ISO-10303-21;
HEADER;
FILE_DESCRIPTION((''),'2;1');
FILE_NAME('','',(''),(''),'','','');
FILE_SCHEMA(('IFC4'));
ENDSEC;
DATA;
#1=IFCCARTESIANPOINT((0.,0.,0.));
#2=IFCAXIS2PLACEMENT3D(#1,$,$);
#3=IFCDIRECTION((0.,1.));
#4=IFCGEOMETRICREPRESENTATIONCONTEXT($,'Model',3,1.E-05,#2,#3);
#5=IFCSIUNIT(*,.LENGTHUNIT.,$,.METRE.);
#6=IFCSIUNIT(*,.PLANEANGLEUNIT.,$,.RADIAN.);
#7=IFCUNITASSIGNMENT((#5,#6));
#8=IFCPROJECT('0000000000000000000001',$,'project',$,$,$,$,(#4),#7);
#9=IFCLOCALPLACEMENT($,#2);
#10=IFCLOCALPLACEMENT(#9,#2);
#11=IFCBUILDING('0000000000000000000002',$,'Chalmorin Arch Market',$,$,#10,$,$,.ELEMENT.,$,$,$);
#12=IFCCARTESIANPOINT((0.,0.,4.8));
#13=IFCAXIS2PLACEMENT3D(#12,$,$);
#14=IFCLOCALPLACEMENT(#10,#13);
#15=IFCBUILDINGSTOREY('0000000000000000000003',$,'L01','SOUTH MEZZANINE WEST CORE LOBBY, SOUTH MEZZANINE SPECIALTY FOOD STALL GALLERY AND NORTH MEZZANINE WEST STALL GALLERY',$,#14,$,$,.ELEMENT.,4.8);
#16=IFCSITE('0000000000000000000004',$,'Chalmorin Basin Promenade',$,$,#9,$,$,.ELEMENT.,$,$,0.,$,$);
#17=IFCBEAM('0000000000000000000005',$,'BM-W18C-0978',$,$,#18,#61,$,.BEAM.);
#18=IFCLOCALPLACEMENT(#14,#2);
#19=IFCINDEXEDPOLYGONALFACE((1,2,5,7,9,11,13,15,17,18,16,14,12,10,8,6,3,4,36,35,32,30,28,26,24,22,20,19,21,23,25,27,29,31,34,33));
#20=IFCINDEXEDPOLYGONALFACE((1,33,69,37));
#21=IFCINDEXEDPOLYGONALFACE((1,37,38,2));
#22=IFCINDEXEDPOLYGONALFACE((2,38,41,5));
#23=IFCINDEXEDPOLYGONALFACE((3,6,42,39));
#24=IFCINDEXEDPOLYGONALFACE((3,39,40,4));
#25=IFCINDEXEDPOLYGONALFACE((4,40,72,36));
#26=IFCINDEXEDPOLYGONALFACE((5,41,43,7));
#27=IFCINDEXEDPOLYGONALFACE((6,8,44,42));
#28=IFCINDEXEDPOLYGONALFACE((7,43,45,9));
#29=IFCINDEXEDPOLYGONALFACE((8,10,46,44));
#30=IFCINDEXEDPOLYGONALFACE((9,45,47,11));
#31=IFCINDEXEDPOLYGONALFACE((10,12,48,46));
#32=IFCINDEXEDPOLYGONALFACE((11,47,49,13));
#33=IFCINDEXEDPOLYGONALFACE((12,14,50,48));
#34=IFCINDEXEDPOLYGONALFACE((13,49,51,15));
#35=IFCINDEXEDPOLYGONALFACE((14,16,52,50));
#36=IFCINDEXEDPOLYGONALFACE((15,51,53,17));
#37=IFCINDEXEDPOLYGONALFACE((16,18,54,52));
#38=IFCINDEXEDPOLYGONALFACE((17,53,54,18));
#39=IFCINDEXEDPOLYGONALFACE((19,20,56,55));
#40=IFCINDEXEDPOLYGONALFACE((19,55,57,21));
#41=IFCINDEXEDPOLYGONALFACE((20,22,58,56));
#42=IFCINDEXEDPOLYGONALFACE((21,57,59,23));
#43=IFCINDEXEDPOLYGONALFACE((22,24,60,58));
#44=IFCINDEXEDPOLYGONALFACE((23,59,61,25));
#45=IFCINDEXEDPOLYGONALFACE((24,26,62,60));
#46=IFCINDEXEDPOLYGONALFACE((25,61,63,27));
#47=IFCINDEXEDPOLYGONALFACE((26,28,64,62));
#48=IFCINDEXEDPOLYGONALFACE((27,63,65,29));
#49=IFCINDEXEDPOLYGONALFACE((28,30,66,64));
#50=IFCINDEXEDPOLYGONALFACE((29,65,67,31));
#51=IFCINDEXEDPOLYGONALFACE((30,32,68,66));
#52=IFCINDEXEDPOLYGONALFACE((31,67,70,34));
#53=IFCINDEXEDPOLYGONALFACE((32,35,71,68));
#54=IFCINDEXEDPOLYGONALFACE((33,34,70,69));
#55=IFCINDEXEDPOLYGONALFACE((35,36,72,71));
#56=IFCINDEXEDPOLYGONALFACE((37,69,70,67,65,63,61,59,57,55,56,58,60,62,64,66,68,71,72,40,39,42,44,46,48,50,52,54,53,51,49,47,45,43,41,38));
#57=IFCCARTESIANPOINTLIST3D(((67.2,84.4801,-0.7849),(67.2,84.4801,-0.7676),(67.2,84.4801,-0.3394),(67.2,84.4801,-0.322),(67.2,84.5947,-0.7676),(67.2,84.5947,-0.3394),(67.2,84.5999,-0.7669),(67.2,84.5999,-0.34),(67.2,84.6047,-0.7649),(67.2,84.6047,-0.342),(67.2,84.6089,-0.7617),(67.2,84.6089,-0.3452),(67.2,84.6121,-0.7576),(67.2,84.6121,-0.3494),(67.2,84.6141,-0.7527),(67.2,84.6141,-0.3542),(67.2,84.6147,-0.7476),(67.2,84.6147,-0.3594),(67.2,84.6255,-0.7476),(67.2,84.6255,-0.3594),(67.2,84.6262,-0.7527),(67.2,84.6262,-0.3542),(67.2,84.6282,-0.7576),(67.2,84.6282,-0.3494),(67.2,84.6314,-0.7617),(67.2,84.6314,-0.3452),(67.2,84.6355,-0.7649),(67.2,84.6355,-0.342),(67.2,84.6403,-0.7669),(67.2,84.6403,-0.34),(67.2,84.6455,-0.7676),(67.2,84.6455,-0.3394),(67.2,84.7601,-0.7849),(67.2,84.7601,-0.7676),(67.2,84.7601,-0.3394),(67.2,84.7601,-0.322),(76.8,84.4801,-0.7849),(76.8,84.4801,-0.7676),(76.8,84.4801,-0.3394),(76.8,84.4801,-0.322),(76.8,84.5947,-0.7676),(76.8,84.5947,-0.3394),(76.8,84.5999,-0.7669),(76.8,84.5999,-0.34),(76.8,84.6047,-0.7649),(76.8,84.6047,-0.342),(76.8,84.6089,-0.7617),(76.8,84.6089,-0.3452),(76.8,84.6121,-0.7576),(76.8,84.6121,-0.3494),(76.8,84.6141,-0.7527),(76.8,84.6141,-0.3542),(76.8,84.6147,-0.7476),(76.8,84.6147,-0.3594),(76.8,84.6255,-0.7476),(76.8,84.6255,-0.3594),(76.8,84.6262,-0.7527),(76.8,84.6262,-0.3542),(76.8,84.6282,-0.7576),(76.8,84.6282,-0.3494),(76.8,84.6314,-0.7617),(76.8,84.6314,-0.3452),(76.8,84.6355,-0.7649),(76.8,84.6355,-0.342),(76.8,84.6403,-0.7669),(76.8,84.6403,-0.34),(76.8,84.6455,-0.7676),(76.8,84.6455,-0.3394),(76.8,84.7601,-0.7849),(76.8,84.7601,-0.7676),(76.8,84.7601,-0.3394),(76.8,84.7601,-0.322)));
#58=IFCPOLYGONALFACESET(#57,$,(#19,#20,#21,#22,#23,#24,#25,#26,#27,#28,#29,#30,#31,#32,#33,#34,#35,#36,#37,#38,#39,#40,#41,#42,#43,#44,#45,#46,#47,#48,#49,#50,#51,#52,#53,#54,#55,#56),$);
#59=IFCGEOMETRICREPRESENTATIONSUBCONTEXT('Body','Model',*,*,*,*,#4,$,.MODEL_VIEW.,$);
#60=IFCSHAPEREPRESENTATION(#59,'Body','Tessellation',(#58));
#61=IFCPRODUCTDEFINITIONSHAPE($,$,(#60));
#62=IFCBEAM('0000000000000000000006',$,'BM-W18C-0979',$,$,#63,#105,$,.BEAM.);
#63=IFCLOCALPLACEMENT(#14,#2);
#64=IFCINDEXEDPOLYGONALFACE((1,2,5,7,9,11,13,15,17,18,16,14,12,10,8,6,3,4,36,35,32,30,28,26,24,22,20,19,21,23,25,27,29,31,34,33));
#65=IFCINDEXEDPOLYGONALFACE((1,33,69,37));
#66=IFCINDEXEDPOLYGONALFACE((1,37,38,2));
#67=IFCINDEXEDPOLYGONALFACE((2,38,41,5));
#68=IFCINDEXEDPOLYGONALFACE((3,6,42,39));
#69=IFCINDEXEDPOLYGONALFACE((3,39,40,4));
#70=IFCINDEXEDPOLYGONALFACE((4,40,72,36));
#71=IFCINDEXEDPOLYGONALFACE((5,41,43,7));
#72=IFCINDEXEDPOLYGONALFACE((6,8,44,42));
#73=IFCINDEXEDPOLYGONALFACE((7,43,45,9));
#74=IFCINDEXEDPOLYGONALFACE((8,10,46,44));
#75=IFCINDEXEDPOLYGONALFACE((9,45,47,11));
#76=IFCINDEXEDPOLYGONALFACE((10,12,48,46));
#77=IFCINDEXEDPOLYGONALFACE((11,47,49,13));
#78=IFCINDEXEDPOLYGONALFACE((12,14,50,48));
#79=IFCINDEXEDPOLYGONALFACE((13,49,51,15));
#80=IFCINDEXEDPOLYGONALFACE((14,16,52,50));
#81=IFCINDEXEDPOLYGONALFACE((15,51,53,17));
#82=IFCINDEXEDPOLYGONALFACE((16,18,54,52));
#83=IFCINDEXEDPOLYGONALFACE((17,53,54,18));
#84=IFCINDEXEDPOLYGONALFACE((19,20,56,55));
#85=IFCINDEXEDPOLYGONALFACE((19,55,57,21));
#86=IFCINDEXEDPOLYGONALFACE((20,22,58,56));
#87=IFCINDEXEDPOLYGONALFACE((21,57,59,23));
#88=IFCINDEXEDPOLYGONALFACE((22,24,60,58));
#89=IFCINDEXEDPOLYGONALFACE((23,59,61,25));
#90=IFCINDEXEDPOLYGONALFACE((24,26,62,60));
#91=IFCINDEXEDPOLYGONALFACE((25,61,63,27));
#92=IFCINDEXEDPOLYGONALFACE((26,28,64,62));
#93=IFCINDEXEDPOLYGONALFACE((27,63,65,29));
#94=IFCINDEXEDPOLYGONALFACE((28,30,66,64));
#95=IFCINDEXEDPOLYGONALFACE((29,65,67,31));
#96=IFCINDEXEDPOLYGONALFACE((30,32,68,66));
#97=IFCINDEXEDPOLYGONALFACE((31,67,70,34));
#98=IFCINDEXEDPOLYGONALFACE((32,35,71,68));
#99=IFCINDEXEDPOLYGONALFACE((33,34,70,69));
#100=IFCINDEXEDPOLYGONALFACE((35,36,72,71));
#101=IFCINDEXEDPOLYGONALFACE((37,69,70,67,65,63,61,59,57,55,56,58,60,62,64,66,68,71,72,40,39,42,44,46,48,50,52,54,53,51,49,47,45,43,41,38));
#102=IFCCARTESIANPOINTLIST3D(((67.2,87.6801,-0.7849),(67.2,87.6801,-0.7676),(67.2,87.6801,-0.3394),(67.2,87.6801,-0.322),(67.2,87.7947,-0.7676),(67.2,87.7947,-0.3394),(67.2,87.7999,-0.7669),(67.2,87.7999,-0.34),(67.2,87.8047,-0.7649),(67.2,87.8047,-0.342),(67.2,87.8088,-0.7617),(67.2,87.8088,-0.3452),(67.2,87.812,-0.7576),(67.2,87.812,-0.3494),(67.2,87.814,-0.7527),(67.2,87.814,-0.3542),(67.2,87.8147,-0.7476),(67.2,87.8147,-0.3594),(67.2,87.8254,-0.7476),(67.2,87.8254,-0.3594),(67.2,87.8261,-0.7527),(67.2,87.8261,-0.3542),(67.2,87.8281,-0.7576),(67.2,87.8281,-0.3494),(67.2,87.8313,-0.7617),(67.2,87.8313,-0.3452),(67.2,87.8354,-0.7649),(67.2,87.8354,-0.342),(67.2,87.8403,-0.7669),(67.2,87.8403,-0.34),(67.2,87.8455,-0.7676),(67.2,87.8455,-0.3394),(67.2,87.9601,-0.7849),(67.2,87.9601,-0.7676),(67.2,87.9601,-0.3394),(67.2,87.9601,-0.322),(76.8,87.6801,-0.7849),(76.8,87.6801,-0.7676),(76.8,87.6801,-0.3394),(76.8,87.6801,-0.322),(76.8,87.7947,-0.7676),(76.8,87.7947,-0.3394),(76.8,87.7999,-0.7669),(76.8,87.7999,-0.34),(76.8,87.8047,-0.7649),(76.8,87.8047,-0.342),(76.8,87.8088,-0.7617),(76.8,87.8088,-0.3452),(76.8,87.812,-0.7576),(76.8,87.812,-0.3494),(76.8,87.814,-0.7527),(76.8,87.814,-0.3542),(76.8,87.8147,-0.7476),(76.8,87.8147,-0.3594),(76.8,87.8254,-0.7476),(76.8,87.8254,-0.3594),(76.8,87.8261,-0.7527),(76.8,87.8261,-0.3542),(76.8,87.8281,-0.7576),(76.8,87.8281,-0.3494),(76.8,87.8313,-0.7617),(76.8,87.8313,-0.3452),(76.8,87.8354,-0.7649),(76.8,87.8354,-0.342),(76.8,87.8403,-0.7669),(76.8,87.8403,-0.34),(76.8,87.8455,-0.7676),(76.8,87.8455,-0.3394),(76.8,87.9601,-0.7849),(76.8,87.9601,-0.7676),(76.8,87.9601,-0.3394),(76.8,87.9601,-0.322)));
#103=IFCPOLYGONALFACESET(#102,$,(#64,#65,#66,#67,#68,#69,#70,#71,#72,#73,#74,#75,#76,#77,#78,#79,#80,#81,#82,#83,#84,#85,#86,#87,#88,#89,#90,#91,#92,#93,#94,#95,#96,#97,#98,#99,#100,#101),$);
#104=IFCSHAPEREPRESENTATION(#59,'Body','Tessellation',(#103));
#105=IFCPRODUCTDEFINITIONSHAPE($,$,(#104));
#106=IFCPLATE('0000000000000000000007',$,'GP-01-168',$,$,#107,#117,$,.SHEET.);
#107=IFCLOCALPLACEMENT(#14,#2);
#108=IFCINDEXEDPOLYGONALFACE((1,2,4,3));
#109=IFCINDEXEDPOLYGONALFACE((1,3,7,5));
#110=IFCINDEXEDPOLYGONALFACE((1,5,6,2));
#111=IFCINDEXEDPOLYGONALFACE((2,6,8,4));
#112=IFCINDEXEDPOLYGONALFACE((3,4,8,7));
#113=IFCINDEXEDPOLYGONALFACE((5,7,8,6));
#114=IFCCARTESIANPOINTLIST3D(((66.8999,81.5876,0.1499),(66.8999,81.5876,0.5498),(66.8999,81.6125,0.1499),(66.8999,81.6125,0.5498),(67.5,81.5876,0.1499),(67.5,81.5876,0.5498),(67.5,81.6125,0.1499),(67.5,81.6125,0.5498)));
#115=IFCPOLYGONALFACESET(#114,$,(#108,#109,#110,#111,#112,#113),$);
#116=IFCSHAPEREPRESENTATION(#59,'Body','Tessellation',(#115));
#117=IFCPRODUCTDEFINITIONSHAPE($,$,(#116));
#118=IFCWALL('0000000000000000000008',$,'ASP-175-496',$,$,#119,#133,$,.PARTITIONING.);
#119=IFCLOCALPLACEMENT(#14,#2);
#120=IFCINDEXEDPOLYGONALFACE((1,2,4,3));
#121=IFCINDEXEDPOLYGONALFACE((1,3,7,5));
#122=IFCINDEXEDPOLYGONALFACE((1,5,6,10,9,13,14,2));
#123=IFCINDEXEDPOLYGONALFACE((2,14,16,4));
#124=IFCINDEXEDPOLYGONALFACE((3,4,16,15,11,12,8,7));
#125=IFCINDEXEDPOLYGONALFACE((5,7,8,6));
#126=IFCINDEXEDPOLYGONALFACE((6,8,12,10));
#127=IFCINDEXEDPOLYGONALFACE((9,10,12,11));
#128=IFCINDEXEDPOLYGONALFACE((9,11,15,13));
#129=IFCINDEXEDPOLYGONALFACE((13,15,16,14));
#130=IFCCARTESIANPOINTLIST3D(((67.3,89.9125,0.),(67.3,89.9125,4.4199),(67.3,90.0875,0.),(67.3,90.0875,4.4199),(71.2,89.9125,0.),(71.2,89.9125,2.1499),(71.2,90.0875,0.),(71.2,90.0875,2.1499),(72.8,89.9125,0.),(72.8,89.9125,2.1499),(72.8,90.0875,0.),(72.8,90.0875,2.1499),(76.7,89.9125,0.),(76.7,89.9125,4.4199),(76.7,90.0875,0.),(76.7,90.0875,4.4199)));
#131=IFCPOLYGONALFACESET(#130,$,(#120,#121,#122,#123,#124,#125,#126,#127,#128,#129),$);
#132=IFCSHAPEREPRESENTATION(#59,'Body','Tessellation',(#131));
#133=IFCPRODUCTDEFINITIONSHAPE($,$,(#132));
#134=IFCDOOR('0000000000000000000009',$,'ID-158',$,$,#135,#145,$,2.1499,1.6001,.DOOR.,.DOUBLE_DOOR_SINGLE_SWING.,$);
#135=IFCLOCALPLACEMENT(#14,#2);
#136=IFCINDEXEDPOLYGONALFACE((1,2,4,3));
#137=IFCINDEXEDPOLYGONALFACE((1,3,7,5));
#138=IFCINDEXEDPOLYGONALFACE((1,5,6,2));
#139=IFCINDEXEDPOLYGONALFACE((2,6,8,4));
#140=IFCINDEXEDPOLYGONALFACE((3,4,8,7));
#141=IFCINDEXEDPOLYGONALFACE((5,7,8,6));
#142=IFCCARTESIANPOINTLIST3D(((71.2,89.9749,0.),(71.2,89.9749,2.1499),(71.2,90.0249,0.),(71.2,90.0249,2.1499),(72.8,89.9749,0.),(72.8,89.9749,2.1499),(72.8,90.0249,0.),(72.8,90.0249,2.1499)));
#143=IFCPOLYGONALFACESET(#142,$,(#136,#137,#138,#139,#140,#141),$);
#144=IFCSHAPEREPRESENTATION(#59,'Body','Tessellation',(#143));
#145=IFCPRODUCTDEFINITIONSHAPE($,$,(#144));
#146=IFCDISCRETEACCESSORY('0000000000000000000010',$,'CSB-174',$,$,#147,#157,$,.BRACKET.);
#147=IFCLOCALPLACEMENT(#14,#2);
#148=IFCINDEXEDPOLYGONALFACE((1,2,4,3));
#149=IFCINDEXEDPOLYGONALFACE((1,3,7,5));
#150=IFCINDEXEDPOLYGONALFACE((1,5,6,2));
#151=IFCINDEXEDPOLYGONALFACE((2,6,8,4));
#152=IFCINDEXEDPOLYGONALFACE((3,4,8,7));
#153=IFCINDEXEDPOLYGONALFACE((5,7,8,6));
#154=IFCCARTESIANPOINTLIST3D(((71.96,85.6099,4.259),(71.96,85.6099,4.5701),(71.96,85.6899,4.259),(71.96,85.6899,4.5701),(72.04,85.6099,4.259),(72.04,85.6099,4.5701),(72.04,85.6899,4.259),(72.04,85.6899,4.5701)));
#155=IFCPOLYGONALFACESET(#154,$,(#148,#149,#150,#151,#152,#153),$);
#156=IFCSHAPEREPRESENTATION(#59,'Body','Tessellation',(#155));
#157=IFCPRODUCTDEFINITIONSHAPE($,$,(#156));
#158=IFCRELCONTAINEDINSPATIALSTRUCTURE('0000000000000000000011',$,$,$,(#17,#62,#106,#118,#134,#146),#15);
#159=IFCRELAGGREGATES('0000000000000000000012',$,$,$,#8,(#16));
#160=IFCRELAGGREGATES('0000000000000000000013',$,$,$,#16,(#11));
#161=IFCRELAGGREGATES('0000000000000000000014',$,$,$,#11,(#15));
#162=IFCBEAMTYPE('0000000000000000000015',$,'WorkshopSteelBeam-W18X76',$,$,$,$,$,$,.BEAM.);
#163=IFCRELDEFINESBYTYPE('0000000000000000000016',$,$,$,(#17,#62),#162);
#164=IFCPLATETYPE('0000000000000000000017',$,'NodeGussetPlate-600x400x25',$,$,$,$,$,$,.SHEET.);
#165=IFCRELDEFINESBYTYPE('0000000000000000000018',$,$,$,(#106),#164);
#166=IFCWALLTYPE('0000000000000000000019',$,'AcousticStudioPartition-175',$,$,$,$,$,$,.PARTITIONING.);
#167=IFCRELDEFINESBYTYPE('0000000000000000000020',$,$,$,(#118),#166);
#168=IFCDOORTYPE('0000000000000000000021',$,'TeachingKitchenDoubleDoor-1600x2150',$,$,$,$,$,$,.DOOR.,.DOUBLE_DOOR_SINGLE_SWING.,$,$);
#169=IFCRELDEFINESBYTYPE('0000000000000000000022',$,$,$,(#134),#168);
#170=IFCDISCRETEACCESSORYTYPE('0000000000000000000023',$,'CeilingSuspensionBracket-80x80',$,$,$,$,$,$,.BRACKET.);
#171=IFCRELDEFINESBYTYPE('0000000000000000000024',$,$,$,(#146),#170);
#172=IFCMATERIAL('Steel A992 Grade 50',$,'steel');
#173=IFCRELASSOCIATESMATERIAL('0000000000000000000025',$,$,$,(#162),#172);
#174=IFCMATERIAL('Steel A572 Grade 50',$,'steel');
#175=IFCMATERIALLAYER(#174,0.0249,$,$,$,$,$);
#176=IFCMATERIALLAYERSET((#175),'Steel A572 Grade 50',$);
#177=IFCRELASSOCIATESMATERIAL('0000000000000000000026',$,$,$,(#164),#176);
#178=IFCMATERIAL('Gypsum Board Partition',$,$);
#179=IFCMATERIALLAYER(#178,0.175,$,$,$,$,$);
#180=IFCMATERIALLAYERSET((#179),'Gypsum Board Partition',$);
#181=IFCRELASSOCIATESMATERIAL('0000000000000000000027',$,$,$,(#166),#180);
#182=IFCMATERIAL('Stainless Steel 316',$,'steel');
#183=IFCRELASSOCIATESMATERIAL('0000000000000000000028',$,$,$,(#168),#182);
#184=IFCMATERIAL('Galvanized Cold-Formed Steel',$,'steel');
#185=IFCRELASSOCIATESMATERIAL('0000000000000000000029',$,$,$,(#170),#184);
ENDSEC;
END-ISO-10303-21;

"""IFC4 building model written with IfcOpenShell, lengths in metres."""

from ifc_helpers import new_model, si_unit, direction, frame, frame_2d, origin, origin_2d, place, context, subcontext, project, spatial, rectangle, i_section, extrude, material, layer, layer_set, material_profile, profile_set, type_object, element, fill, save


model = new_model("IFC4")

# Units and contexts
model_context = context("Model", 3, precision=1e-05, world=origin(), true_north=direction((0.0, 1.0)))
body_context = subcontext(model_context, "Body", "Model", "MODEL_VIEW")
ifc_project = project(units=[si_unit("LENGTHUNIT", "METRE"), si_unit("PLANEANGLEUNIT", "RADIAN")], contexts=[model_context])

# Site, building, storey
site_placement = place(None, origin())
site = spatial("IfcSite", under=ifc_project, at=site_placement, Name="Chalmorin Basin Promenade", CompositionType="ELEMENT", RefElevation=0.0)
building_placement = place(site_placement, origin())
building = spatial("IfcBuilding", under=site, at=building_placement, Name="Chalmorin Arch Market", CompositionType="ELEMENT")
storey_placement = place(building_placement, frame((0.0, 0.0, 4.8)))
storey = spatial("IfcBuildingStorey", under=building, at=storey_placement, Name="L01", Description="SOUTH MEZZANINE WEST CORE LOBBY, SOUTH MEZZANINE SPECIALTY FOOD STALL GALLERY AND NORTH MEZZANINE WEST STALL GALLERY", CompositionType="ELEMENT", Elevation=4.8)

# Shared definitions
ifc_material_1 = material(Name="Steel A992 Grade 50", Category="steel")

# Beams
ifc_material_profile_1 = material_profile(ifc_material_1, i_section(OverallWidth=0.28, OverallDepth=0.4629, WebThickness=0.0107, FlangeThickness=0.0173, FilletRadius=0.02, at=origin_2d()), Name="W18X76")
ifc_profile_set_1 = profile_set([ifc_material_profile_1], Name="Steel A992 Grade 50")
beam_type_1 = type_object("IfcBeamType", Name="WorkshopSteelBeam-W18X76", PredefinedType="BEAM", material=ifc_profile_set_1)
for number, where, z_axis, x_axis, name in (
    (1, (67.2, 84.6201, -0.5535), (1.0, 0.0, 0.0), (0.0, 1.0, 0.0), "BM-W18C-0978"),
    (2, (67.2, 87.8201, -0.5535), (1.0, 0.0, 0.0), (0.0, 1.0, 0.0), "BM-W18C-0979"),
):
    element("IfcBeam", number, at=place(storey_placement, frame(where, z_axis=z_axis, x_axis=x_axis)), inside=storey, type_object=beam_type_1, Name=name, PredefinedType="BEAM", context=body_context, shape_type="SweptSolid", body=[
        extrude(i_section(OverallWidth=0.28, OverallDepth=0.4629, WebThickness=0.0107, FlangeThickness=0.0173, FilletRadius=0.02, at=origin_2d()), origin(), (0.0, 0.0, 1.0), 9.6001),
    ])

# Plate
ifc_material_2 = material(Name="Steel A572 Grade 50", Category="steel")
ifc_layer_1 = layer(ifc_material_2, 0.0249)
ifc_layer_set_1 = layer_set([ifc_layer_1], Name="Steel A572 Grade 50")
plate_type = type_object("IfcPlateType", Name="NodeGussetPlate-600x400x25", PredefinedType="SHEET", material=ifc_layer_set_1)
plate_placement = place(storey_placement, frame((67.2, 81.6001, 0.1499), z_axis=(0.0, 0.0, 1.0), x_axis=(1.0, 0.0, 0.0)))
element("IfcPlate", 3, at=plate_placement, inside=storey, type_object=plate_type, Name="GP-01-168", PredefinedType="SHEET", context=body_context, shape_type="SweptSolid", body=[
    extrude(rectangle(XDim=0.6001, YDim=0.0249, at=origin_2d()), origin(), (0.0, 0.0, 1.0), 0.3999),
])

# Wall, opening, door
ifc_material_3 = material(Name="Gypsum Board Partition")
ifc_layer_2 = layer(ifc_material_3, 0.175)
ifc_layer_set_2 = layer_set([ifc_layer_2], Name="Gypsum Board Partition")
wall_type = type_object("IfcWallType", Name="AcousticStudioPartition-175", PredefinedType="PARTITIONING", material=ifc_layer_set_2)
wall_placement = place(storey_placement, frame((67.3, 90.0, 0.0), z_axis=(0.0, 0.0, 1.0), x_axis=(1.0, 0.0, 0.0)))
wall = element("IfcWall", 4, at=wall_placement, inside=storey, type_object=wall_type, Name="ASP-175-496", PredefinedType="PARTITIONING", context=body_context, shape_type="SweptSolid", body=[
    extrude(rectangle(XDim=9.3999, YDim=0.175, at=frame_2d((4.7, 0.0))), origin(), (0.0, 0.0, 1.0), 4.4199),
])
opening_placement = place(wall_placement, frame((3.8999, 0.0, 0.0)))
opening = element("IfcOpeningElement", 5, at=opening_placement, cuts=wall, PredefinedType="OPENING", context=body_context, shape_type="SweptSolid", body=[
    extrude(rectangle(XDim=1.6001, YDim=2.1499, at=frame_2d((0.8, 1.075))), frame((0.0, 0.0974, 0.0), z_axis=(0.0, -1.0, 0.0), x_axis=(1.0, 0.0, 0.0)), (0.0, 0.0, 1.0), 0.1951),
])
ifc_material_4 = material(Name="Stainless Steel 316", Category="steel")
door_type = type_object("IfcDoorType", Name="TeachingKitchenDoubleDoor-1600x2150", OperationType="DOUBLE_DOOR_SINGLE_SWING", PredefinedType="DOOR", material=ifc_material_4)
door_placement = place(opening_placement, origin())
door = element("IfcDoor", 6, at=door_placement, inside=storey, type_object=door_type, Name="ID-158", OperationType="DOUBLE_DOOR_SINGLE_SWING", OverallHeight=2.1499, OverallWidth=1.6001, PredefinedType="DOOR", context=body_context, shape_type="SweptSolid", body=[
    extrude(rectangle(XDim=1.6001, YDim=2.1499, at=frame_2d((0.8, 1.075))), frame((0.0, 0.0249, 0.0), z_axis=(0.0, -1.0, 0.0), x_axis=(1.0, 0.0, 0.0)), (0.0, 0.0, 1.0), 0.05),
])
fill(opening, door)

# Discrete accessory
ifc_material_5 = material(Name="Galvanized Cold-Formed Steel", Category="steel")
discrete_accessory_type = type_object("IfcDiscreteAccessoryType", Name="CeilingSuspensionBracket-80x80", PredefinedType="BRACKET", material=ifc_material_5)
discrete_accessory_placement = place(storey_placement, frame((72.0, 85.6499, 4.259), z_axis=(0.0, 0.0, 1.0), x_axis=(1.0, 0.0, 0.0)))
element("IfcDiscreteAccessory", 7, at=discrete_accessory_placement, inside=storey, type_object=discrete_accessory_type, Name="CSB-174", PredefinedType="BRACKET", context=body_context, shape_type="SweptSolid", body=[
    extrude(rectangle(XDim=0.0801, YDim=0.0801, at=origin_2d()), origin(), (0.0, 0.0, 1.0), 0.311),
])

save(model, "model.ifc")
